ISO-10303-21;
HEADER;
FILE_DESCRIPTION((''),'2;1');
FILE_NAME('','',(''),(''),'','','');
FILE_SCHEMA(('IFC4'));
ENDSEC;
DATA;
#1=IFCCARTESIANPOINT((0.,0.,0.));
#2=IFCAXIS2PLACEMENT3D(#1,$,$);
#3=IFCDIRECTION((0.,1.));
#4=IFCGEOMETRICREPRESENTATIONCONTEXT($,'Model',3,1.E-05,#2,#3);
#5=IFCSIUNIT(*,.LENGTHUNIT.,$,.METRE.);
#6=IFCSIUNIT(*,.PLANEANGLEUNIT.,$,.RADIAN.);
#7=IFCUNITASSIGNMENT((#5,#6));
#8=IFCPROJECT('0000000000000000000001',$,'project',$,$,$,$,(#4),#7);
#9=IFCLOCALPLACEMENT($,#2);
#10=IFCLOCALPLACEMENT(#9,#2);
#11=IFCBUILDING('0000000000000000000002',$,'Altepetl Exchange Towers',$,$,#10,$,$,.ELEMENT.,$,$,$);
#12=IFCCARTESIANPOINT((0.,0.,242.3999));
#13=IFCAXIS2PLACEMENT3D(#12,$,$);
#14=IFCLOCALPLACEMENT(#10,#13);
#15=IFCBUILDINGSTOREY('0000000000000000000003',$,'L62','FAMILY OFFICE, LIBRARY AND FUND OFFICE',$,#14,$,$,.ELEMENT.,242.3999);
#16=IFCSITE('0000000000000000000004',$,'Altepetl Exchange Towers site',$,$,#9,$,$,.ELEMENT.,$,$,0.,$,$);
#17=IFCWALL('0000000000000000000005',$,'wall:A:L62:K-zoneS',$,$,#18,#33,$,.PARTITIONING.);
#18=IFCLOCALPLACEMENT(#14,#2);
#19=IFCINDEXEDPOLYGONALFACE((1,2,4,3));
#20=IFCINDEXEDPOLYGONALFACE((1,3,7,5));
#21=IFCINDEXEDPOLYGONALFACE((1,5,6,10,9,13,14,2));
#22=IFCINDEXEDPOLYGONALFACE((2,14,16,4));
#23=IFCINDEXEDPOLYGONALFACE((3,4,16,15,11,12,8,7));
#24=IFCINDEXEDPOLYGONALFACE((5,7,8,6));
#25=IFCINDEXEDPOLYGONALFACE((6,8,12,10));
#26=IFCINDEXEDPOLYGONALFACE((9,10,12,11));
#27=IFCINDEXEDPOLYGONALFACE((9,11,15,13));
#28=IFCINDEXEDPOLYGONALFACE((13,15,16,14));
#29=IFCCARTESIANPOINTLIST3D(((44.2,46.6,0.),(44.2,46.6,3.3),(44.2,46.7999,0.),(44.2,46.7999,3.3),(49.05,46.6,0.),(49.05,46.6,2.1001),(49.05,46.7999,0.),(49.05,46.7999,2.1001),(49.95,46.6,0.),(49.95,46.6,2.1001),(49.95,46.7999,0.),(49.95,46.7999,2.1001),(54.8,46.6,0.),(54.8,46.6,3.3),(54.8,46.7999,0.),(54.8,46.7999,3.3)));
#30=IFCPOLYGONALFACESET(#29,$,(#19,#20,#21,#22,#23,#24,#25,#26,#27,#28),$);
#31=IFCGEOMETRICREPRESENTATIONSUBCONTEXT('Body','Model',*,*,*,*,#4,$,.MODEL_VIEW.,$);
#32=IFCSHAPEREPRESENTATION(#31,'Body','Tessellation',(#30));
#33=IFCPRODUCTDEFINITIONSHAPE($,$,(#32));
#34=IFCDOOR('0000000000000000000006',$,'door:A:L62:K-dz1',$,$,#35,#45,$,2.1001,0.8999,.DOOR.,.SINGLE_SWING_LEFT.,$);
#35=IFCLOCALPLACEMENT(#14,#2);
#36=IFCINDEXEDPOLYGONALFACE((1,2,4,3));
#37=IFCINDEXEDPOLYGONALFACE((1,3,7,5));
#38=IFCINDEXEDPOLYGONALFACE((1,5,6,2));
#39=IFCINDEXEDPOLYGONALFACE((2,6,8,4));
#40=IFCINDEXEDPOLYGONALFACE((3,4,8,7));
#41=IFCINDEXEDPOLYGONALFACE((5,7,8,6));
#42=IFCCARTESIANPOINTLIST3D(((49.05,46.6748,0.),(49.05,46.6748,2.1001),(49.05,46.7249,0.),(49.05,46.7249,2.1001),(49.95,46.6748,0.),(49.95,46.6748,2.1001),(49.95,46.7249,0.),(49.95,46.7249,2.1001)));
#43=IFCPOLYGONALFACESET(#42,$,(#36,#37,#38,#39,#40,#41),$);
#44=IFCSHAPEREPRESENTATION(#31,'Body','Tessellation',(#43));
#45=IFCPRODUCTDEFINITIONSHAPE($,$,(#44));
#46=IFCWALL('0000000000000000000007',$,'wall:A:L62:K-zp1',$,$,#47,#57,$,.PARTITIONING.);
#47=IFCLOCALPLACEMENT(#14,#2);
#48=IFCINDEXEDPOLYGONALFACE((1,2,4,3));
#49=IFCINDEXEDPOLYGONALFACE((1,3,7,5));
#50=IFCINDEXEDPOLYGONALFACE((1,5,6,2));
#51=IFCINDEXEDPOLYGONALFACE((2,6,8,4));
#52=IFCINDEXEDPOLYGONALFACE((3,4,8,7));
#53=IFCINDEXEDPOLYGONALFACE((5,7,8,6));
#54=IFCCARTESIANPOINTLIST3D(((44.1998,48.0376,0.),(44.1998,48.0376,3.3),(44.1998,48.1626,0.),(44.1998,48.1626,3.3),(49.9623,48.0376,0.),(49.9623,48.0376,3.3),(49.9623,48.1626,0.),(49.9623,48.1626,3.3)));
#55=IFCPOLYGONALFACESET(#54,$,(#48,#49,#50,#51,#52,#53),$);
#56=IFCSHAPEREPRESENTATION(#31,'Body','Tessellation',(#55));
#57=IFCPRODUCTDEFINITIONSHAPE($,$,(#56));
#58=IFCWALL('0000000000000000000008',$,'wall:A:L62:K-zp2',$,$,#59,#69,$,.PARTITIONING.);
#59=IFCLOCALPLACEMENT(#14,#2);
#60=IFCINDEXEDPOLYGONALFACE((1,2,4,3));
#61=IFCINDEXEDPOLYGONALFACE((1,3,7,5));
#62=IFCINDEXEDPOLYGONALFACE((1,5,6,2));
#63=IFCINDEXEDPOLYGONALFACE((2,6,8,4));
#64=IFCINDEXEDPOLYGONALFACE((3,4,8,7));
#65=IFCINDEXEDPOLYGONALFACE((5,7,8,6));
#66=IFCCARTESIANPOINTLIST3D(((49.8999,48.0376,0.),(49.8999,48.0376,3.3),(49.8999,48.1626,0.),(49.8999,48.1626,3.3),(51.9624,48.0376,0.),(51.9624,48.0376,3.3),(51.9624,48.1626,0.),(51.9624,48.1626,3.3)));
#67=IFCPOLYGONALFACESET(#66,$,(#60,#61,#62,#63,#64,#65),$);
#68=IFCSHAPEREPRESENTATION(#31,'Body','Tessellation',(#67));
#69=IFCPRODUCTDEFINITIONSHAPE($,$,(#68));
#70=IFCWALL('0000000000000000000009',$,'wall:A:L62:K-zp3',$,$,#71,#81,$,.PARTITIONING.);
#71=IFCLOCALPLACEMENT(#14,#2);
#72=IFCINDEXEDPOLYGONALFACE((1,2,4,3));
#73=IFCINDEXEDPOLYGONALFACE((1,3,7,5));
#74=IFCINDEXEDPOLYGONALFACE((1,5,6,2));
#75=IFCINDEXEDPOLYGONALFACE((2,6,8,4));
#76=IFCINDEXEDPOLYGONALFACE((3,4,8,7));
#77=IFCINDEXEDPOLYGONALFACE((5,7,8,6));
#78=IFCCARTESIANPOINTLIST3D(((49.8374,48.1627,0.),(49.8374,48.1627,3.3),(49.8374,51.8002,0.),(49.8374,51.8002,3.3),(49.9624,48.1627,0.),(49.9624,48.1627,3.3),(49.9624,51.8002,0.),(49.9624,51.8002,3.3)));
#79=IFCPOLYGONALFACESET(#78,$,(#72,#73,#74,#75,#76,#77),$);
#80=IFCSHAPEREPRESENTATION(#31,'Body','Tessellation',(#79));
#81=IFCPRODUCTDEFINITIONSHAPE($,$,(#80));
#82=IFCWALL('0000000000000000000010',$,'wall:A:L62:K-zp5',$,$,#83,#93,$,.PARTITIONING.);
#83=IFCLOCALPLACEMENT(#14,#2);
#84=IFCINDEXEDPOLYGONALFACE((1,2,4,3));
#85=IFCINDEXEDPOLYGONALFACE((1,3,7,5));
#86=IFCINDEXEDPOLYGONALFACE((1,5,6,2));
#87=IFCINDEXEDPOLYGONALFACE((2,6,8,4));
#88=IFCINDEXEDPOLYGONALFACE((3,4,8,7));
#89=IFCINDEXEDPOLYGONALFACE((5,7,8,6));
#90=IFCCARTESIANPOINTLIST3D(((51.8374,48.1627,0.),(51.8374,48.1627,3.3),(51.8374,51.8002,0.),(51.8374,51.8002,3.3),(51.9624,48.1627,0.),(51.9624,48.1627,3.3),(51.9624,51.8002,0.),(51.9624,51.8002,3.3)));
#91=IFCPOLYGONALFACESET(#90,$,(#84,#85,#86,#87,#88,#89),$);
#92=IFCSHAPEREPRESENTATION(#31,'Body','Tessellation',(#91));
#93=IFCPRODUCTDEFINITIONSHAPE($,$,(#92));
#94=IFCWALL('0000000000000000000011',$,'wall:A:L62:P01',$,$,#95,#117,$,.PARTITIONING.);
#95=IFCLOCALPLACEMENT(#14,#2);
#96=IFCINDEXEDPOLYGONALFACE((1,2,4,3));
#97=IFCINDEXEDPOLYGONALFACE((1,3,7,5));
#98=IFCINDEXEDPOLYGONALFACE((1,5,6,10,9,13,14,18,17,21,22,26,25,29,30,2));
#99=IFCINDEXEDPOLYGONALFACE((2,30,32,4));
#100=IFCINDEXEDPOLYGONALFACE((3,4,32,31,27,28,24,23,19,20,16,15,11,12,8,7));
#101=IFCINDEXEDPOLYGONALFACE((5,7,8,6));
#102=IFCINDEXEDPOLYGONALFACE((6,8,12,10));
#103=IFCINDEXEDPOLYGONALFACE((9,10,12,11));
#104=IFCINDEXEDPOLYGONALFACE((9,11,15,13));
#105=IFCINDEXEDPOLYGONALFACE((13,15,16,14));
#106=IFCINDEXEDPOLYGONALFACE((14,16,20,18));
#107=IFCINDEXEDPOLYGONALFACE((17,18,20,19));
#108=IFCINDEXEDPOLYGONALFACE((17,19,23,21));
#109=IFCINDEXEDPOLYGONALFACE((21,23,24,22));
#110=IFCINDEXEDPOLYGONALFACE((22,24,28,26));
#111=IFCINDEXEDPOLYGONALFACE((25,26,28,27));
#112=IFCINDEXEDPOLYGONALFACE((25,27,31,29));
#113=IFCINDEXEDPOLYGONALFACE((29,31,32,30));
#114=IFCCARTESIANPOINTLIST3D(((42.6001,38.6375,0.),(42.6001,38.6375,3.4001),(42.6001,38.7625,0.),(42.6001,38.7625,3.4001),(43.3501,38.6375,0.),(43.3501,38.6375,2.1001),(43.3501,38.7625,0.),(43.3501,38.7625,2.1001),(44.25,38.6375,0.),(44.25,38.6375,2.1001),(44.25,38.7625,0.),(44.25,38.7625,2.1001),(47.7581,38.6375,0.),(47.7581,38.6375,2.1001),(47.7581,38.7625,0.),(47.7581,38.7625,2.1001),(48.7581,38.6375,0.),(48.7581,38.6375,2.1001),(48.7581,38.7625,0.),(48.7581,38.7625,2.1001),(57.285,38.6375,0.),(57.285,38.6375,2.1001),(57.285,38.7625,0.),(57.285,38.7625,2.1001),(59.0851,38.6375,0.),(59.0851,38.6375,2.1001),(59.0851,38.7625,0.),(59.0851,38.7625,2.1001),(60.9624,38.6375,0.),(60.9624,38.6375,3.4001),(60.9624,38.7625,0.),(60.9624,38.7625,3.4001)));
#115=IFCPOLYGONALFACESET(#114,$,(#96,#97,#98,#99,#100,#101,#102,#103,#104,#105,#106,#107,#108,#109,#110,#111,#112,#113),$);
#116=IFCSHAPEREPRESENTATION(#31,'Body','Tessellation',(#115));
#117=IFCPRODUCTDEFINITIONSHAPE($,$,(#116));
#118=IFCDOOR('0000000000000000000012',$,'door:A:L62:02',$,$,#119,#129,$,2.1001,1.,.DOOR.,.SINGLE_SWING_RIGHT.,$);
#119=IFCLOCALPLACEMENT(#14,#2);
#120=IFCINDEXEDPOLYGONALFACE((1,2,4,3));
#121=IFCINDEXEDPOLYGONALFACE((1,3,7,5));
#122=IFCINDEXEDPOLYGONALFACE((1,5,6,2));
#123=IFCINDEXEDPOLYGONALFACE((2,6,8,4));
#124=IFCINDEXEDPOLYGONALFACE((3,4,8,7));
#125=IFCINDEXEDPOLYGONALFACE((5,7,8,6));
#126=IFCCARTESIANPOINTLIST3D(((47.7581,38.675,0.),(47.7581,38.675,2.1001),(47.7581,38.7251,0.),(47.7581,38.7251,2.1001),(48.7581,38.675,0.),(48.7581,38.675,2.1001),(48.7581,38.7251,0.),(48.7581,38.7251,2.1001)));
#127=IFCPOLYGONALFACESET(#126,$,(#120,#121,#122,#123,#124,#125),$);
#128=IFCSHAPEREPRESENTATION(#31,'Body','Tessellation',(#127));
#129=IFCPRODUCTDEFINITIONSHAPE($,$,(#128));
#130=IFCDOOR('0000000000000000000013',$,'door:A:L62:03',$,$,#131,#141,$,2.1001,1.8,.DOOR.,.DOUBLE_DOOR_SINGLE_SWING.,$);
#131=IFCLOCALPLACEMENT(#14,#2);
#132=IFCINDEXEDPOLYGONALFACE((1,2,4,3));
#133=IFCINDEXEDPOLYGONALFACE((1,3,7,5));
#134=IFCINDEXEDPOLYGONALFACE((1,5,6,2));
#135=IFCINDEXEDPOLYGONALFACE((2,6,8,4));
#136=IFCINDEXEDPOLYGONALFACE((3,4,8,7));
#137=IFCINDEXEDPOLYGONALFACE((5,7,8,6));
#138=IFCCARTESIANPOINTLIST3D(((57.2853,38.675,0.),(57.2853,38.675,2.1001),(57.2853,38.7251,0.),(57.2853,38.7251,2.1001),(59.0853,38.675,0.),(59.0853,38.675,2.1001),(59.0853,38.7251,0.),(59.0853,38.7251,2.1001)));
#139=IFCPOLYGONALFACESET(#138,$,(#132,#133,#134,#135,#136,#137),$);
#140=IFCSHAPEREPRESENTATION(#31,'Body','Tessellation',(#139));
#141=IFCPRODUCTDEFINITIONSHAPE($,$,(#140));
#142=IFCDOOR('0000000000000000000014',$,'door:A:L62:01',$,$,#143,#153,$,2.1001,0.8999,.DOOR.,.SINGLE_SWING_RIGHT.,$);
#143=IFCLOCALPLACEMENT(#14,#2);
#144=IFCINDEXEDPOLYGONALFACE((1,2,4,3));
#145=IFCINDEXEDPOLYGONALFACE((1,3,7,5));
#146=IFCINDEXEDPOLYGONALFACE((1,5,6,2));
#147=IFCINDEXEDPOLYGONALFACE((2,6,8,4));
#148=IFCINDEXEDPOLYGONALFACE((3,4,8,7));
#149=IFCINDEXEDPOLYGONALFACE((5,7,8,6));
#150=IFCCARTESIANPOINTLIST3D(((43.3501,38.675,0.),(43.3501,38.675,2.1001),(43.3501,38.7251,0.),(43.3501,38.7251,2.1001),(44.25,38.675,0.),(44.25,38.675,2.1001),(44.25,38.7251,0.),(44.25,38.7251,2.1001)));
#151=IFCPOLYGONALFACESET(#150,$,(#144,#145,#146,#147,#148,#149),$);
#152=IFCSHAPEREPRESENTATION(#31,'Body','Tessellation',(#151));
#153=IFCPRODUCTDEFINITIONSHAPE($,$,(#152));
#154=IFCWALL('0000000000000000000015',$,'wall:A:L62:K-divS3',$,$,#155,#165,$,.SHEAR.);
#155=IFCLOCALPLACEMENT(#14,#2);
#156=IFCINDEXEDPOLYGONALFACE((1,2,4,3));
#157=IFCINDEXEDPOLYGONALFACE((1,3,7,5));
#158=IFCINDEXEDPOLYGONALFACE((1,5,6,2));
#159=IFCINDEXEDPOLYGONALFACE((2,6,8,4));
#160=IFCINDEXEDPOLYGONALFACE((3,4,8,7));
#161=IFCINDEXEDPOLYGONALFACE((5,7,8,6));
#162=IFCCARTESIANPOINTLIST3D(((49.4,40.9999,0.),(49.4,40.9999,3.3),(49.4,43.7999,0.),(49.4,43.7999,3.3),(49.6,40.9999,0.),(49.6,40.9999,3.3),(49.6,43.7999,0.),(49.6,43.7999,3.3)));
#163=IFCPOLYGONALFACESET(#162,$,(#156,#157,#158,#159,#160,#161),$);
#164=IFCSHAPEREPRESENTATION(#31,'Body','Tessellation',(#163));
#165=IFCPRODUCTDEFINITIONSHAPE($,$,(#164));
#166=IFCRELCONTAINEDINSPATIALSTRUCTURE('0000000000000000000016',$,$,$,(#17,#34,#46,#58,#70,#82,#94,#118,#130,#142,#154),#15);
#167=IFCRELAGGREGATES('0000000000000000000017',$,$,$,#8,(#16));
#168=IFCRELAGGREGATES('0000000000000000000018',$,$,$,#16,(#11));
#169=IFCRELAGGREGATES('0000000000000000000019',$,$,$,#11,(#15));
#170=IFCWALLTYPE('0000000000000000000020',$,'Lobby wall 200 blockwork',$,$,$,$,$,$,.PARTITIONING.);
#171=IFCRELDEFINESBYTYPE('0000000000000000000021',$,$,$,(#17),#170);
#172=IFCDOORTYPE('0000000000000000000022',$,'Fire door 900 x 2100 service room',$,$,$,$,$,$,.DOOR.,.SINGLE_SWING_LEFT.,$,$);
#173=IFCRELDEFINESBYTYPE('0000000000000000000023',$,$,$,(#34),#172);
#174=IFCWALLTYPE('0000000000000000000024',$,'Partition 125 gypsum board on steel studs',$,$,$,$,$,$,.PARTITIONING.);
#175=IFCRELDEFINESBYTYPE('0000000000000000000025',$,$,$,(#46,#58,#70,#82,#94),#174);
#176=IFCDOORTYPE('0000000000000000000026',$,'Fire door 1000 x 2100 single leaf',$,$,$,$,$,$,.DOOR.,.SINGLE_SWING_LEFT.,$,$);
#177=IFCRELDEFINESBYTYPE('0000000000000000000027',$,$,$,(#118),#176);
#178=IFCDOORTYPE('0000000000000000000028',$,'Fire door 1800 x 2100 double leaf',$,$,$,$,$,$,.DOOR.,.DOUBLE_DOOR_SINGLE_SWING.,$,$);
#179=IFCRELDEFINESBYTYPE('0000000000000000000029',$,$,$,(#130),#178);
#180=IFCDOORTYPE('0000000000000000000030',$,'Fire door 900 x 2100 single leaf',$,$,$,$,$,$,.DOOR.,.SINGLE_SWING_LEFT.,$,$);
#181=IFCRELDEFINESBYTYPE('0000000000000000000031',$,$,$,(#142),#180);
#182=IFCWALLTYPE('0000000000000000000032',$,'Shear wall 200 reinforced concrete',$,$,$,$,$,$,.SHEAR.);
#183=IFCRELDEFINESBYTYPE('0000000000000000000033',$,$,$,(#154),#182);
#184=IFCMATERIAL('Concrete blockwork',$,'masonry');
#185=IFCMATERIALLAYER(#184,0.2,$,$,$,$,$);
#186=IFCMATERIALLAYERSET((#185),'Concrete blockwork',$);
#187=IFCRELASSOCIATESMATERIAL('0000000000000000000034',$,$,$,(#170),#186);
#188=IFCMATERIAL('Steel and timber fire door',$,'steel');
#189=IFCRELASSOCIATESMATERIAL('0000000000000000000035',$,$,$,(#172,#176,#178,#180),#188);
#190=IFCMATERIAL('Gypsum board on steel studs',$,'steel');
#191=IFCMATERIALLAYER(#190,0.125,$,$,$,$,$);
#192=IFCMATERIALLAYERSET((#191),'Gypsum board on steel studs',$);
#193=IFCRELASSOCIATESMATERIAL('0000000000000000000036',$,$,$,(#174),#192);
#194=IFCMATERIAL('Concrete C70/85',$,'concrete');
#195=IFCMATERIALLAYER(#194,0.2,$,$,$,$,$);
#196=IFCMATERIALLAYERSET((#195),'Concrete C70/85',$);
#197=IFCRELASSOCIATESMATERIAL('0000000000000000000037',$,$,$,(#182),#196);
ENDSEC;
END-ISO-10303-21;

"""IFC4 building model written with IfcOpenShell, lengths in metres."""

from ifc_helpers import new_model, si_unit, direction, frame, frame_2d, origin, place, context, subcontext, project, spatial, rectangle, extrude, material, layer, layer_set, type_object, element, fill, save


model = new_model("IFC4")

# Units and contexts
model_context = context("Model", 3, precision=1e-05, world=origin(), true_north=direction((0.0, 1.0)))
body_context = subcontext(model_context, "Body", "Model", "MODEL_VIEW")
ifc_project = project(units=[si_unit("LENGTHUNIT", "METRE"), si_unit("PLANEANGLEUNIT", "RADIAN")], contexts=[model_context])

# Site, building, storey
site_placement = place(None, origin())
site = spatial("IfcSite", under=ifc_project, at=site_placement, Name="Altepetl Exchange Towers site", CompositionType="ELEMENT", RefElevation=0.0)
building_placement = place(site_placement, origin())
building = spatial("IfcBuilding", under=site, at=building_placement, Name="Altepetl Exchange Towers", CompositionType="ELEMENT")
storey_placement = place(building_placement, frame((0.0, 0.0, 242.3999)))
storey = spatial("IfcBuildingStorey", under=building, at=storey_placement, Name="L62", Description="FAMILY OFFICE, LIBRARY AND FUND OFFICE", CompositionType="ELEMENT", Elevation=242.3999)

# Shared definitions
ifc_material_1 = material(Name="Concrete blockwork", Category="masonry")
ifc_layer_1 = layer(ifc_material_1, 0.2)
ifc_layer_set_1 = layer_set([ifc_layer_1], Name="Concrete blockwork")
wall_type_1 = type_object("IfcWallType", Name="Lobby wall 200 blockwork", PredefinedType="PARTITIONING", material=ifc_layer_set_1)

# Shared definitions
ifc_material_2 = material(Name="Steel and timber fire door", Category="steel")
door_type_1 = type_object("IfcDoorType", Name="Fire door 900 x 2100 service room", OperationType="SINGLE_SWING_LEFT", PredefinedType="DOOR", material=ifc_material_2)

# Wall, opening, door
wall_1_placement = place(storey_placement, frame((44.2, 46.7, 0.0)))
wall_1 = element("IfcWall", 1, at=wall_1_placement, inside=storey, type_object=wall_type_1, Name="wall:A:L62:K-zoneS", PredefinedType="PARTITIONING", context=body_context, shape_type="SweptSolid", body=[
    extrude(rectangle(XDim=10.6001, YDim=0.2, at=frame_2d((5.3, 0.0))), origin(), (0.0, 0.0, 1.0), 3.3),
])
opening_1_placement = place(wall_1_placement, frame((4.8501, 0.0, 0.0)))
opening_1 = element("IfcOpeningElement", 2, at=opening_1_placement, cuts=wall_1, PredefinedType="OPENING", context=body_context, shape_type="SweptSolid", body=[
    extrude(rectangle(XDim=0.8999, YDim=2.1001, at=frame_2d((0.45, 1.05))), frame((0.0, 0.1099, 0.0), z_axis=(0.0, -1.0, 0.0), x_axis=(1.0, 0.0, 0.0)), (0.0, 0.0, 1.0), 0.22),
])
door_1_placement = place(opening_1_placement, origin())
door_1 = element("IfcDoor", 3, at=door_1_placement, inside=storey, type_object=door_type_1, Name="door:A:L62:K-dz1", OperationType="SINGLE_SWING_LEFT", OverallHeight=2.1001, OverallWidth=0.8999, PredefinedType="DOOR", context=body_context, shape_type="SweptSolid", body=[
    extrude(rectangle(XDim=0.8999, YDim=2.1001, at=frame_2d((0.45, 1.05))), frame((0.0, 0.0249, 0.0), z_axis=(0.0, -1.0, 0.0), x_axis=(1.0, 0.0, 0.0)), (0.0, 0.0, 1.0), 0.05),
])
fill(opening_1, door_1)

# Walls
ifc_material_3 = material(Name="Gypsum board on steel studs", Category="steel")
ifc_layer_2 = layer(ifc_material_3, 0.125)
ifc_layer_set_2 = layer_set([ifc_layer_2], Name="Gypsum board on steel studs")
wall_type_2 = type_object("IfcWallType", Name="Partition 125 gypsum board on steel studs", PredefinedType="PARTITIONING", material=ifc_layer_set_2)
wall_2_placement = place(storey_placement, frame((49.9624, 48.1001, 0.0), z_axis=(0.0, 0.0, 1.0), x_axis=(-1.0, 0.0, 0.0)))
element("IfcWall", 4, at=wall_2_placement, inside=storey, type_object=wall_type_2, Name="wall:A:L62:K-zp1", PredefinedType="PARTITIONING", context=body_context, shape_type="SweptSolid", body=[
    extrude(rectangle(XDim=5.7625, YDim=0.125, at=frame_2d((2.8813, 0.0))), origin(), (0.0, 0.0, 1.0), 3.3),
])
wall_3_placement = place(storey_placement, frame((51.9624, 48.1001, 0.0), z_axis=(0.0, 0.0, 1.0), x_axis=(-1.0, 0.0, 0.0)))
element("IfcWall", 5, at=wall_3_placement, inside=storey, type_object=wall_type_2, Name="wall:A:L62:K-zp2", PredefinedType="PARTITIONING", context=body_context, shape_type="SweptSolid", body=[
    extrude(rectangle(XDim=2.0625, YDim=0.125, at=frame_2d((1.0312, 0.0))), origin(), (0.0, 0.0, 1.0), 3.3),
])
for number, where, z_axis, x_axis, name in (
    (6, (49.8999, 48.1626, 0.0), (0.0, 0.0, 1.0), (0.0, 1.0, 0.0), "wall:A:L62:K-zp3"),
    (7, (51.8999, 48.1626, 0.0), (0.0, 0.0, 1.0), (0.0, 1.0, 0.0), "wall:A:L62:K-zp5"),
):
    element("IfcWall", number, at=place(storey_placement, frame(where, z_axis=z_axis, x_axis=x_axis)), inside=storey, type_object=wall_type_2, Name=name, PredefinedType="PARTITIONING", context=body_context, shape_type="SweptSolid", body=[
        extrude(rectangle(XDim=3.6375, YDim=0.125, at=frame_2d((1.8188, 0.0))), origin(), (0.0, 0.0, 1.0), 3.3),
    ])

# Wall, openings, doors
wall_4_placement = place(storey_placement, frame((42.6001, 38.7, 0.0)))
wall_4 = element("IfcWall", 8, at=wall_4_placement, inside=storey, type_object=wall_type_2, Name="wall:A:L62:P01", PredefinedType="PARTITIONING", context=body_context, shape_type="SweptSolid", body=[
    extrude(rectangle(XDim=18.3623, YDim=0.125, at=frame_2d((9.1812, 0.0))), origin(), (0.0, 0.0, 1.0), 3.4001),
])
opening_2_placement = place(wall_4_placement, frame((0.75, 0.0, 0.0)))
opening_2 = element("IfcOpeningElement", 9, at=opening_2_placement, cuts=wall_4, PredefinedType="OPENING", context=body_context, shape_type="SweptSolid", body=[
    extrude(rectangle(XDim=0.8999, YDim=2.1001, at=frame_2d((0.45, 1.05))), frame((0.0, 0.0725, 0.0), z_axis=(0.0, -1.0, 0.0), x_axis=(1.0, 0.0, 0.0)), (0.0, 0.0, 1.0), 0.145),
])
opening_3_placement = place(wall_4_placement, frame((5.158, 0.0, 0.0)))
opening_3 = element("IfcOpeningElement", 10, at=opening_3_placement, cuts=wall_4, PredefinedType="OPENING", context=body_context, shape_type="SweptSolid", body=[
    extrude(rectangle(XDim=1.0, YDim=2.1001, at=frame_2d((0.5, 1.05))), frame((0.0, 0.0725, 0.0), z_axis=(0.0, -1.0, 0.0), x_axis=(1.0, 0.0, 0.0)), (0.0, 0.0, 1.0), 0.145),
])
opening_4_placement = place(wall_4_placement, frame((14.6851, 0.0, 0.0)))
opening_4 = element("IfcOpeningElement", 11, at=opening_4_placement, cuts=wall_4, PredefinedType="OPENING", context=body_context, shape_type="SweptSolid", body=[
    extrude(rectangle(XDim=1.8, YDim=2.1001, at=frame_2d((0.8999, 1.05))), frame((0.0, 0.0725, 0.0), z_axis=(0.0, -1.0, 0.0), x_axis=(1.0, 0.0, 0.0)), (0.0, 0.0, 1.0), 0.145),
])
door_type_2 = type_object("IfcDoorType", Name="Fire door 1000 x 2100 single leaf", OperationType="SINGLE_SWING_LEFT", PredefinedType="DOOR", material=ifc_material_2)
door_2_placement = place(opening_3_placement, frame((1.0, 0.0, 0.0), x_axis=(-1.0, 0.0, 0.0)))
door_2 = element("IfcDoor", 12, at=door_2_placement, inside=storey, type_object=door_type_2, Name="door:A:L62:02", OperationType="SINGLE_SWING_RIGHT", OverallHeight=2.1001, OverallWidth=1.0, PredefinedType="DOOR", context=body_context, shape_type="SweptSolid", body=[
    extrude(rectangle(XDim=1.0, YDim=2.1001, at=frame_2d((0.5, 1.05))), frame((0.0, 0.0249, 0.0), z_axis=(0.0, -1.0, 0.0), x_axis=(1.0, 0.0, 0.0)), (0.0, 0.0, 1.0), 0.05),
])
fill(opening_3, door_2)
door_type_3 = type_object("IfcDoorType", Name="Fire door 1800 x 2100 double leaf", OperationType="DOUBLE_DOOR_SINGLE_SWING", PredefinedType="DOOR", material=ifc_material_2)
door_3_placement = place(opening_4_placement, frame((1.8, 0.0, 0.0), x_axis=(-1.0, 0.0, 0.0)))
door_3 = element("IfcDoor", 13, at=door_3_placement, inside=storey, type_object=door_type_3, Name="door:A:L62:03", OperationType="DOUBLE_DOOR_SINGLE_SWING", OverallHeight=2.1001, OverallWidth=1.8, PredefinedType="DOOR", context=body_context, shape_type="SweptSolid", body=[
    extrude(rectangle(XDim=1.8, YDim=2.1001, at=frame_2d((0.8999, 1.05))), frame((0.0, 0.0249, 0.0), z_axis=(0.0, -1.0, 0.0), x_axis=(1.0, 0.0, 0.0)), (0.0, 0.0, 1.0), 0.05),
])
fill(opening_4, door_3)
door_type_4 = type_object("IfcDoorType", Name="Fire door 900 x 2100 single leaf", OperationType="SINGLE_SWING_LEFT", PredefinedType="DOOR", material=ifc_material_2)
door_4_placement = place(opening_2_placement, frame((0.8999, 0.0, 0.0), x_axis=(-1.0, 0.0, 0.0)))
door_4 = element("IfcDoor", 14, at=door_4_placement, inside=storey, type_object=door_type_4, Name="door:A:L62:01", OperationType="SINGLE_SWING_RIGHT", OverallHeight=2.1001, OverallWidth=0.8999, PredefinedType="DOOR", context=body_context, shape_type="SweptSolid", body=[
    extrude(rectangle(XDim=0.8999, YDim=2.1001, at=frame_2d((0.45, 1.05))), frame((0.0, 0.0249, 0.0), z_axis=(0.0, -1.0, 0.0), x_axis=(1.0, 0.0, 0.0)), (0.0, 0.0, 1.0), 0.05),
])
fill(opening_2, door_4)

# Wall
ifc_material_4 = material(Name="Concrete C70/85", Category="concrete")
ifc_layer_3 = layer(ifc_material_4, 0.2)
ifc_layer_set_3 = layer_set([ifc_layer_3], Name="Concrete C70/85")
wall_type_3 = type_object("IfcWallType", Name="Shear wall 200 reinforced concrete", PredefinedType="SHEAR", material=ifc_layer_set_3)
wall_5_placement = place(storey_placement, frame((49.5, 41.0, 0.0), z_axis=(0.0, 0.0, 1.0), x_axis=(0.0, 1.0, 0.0)))
element("IfcWall", 15, at=wall_5_placement, inside=storey, type_object=wall_type_3, Name="wall:A:L62:K-divS3", PredefinedType="SHEAR", context=body_context, shape_type="SweptSolid", body=[
    extrude(rectangle(XDim=2.8, YDim=0.2, at=frame_2d((1.3999, 0.0))), origin(), (0.0, 0.0, 1.0), 3.3),
])

save(model, "model.ifc")
